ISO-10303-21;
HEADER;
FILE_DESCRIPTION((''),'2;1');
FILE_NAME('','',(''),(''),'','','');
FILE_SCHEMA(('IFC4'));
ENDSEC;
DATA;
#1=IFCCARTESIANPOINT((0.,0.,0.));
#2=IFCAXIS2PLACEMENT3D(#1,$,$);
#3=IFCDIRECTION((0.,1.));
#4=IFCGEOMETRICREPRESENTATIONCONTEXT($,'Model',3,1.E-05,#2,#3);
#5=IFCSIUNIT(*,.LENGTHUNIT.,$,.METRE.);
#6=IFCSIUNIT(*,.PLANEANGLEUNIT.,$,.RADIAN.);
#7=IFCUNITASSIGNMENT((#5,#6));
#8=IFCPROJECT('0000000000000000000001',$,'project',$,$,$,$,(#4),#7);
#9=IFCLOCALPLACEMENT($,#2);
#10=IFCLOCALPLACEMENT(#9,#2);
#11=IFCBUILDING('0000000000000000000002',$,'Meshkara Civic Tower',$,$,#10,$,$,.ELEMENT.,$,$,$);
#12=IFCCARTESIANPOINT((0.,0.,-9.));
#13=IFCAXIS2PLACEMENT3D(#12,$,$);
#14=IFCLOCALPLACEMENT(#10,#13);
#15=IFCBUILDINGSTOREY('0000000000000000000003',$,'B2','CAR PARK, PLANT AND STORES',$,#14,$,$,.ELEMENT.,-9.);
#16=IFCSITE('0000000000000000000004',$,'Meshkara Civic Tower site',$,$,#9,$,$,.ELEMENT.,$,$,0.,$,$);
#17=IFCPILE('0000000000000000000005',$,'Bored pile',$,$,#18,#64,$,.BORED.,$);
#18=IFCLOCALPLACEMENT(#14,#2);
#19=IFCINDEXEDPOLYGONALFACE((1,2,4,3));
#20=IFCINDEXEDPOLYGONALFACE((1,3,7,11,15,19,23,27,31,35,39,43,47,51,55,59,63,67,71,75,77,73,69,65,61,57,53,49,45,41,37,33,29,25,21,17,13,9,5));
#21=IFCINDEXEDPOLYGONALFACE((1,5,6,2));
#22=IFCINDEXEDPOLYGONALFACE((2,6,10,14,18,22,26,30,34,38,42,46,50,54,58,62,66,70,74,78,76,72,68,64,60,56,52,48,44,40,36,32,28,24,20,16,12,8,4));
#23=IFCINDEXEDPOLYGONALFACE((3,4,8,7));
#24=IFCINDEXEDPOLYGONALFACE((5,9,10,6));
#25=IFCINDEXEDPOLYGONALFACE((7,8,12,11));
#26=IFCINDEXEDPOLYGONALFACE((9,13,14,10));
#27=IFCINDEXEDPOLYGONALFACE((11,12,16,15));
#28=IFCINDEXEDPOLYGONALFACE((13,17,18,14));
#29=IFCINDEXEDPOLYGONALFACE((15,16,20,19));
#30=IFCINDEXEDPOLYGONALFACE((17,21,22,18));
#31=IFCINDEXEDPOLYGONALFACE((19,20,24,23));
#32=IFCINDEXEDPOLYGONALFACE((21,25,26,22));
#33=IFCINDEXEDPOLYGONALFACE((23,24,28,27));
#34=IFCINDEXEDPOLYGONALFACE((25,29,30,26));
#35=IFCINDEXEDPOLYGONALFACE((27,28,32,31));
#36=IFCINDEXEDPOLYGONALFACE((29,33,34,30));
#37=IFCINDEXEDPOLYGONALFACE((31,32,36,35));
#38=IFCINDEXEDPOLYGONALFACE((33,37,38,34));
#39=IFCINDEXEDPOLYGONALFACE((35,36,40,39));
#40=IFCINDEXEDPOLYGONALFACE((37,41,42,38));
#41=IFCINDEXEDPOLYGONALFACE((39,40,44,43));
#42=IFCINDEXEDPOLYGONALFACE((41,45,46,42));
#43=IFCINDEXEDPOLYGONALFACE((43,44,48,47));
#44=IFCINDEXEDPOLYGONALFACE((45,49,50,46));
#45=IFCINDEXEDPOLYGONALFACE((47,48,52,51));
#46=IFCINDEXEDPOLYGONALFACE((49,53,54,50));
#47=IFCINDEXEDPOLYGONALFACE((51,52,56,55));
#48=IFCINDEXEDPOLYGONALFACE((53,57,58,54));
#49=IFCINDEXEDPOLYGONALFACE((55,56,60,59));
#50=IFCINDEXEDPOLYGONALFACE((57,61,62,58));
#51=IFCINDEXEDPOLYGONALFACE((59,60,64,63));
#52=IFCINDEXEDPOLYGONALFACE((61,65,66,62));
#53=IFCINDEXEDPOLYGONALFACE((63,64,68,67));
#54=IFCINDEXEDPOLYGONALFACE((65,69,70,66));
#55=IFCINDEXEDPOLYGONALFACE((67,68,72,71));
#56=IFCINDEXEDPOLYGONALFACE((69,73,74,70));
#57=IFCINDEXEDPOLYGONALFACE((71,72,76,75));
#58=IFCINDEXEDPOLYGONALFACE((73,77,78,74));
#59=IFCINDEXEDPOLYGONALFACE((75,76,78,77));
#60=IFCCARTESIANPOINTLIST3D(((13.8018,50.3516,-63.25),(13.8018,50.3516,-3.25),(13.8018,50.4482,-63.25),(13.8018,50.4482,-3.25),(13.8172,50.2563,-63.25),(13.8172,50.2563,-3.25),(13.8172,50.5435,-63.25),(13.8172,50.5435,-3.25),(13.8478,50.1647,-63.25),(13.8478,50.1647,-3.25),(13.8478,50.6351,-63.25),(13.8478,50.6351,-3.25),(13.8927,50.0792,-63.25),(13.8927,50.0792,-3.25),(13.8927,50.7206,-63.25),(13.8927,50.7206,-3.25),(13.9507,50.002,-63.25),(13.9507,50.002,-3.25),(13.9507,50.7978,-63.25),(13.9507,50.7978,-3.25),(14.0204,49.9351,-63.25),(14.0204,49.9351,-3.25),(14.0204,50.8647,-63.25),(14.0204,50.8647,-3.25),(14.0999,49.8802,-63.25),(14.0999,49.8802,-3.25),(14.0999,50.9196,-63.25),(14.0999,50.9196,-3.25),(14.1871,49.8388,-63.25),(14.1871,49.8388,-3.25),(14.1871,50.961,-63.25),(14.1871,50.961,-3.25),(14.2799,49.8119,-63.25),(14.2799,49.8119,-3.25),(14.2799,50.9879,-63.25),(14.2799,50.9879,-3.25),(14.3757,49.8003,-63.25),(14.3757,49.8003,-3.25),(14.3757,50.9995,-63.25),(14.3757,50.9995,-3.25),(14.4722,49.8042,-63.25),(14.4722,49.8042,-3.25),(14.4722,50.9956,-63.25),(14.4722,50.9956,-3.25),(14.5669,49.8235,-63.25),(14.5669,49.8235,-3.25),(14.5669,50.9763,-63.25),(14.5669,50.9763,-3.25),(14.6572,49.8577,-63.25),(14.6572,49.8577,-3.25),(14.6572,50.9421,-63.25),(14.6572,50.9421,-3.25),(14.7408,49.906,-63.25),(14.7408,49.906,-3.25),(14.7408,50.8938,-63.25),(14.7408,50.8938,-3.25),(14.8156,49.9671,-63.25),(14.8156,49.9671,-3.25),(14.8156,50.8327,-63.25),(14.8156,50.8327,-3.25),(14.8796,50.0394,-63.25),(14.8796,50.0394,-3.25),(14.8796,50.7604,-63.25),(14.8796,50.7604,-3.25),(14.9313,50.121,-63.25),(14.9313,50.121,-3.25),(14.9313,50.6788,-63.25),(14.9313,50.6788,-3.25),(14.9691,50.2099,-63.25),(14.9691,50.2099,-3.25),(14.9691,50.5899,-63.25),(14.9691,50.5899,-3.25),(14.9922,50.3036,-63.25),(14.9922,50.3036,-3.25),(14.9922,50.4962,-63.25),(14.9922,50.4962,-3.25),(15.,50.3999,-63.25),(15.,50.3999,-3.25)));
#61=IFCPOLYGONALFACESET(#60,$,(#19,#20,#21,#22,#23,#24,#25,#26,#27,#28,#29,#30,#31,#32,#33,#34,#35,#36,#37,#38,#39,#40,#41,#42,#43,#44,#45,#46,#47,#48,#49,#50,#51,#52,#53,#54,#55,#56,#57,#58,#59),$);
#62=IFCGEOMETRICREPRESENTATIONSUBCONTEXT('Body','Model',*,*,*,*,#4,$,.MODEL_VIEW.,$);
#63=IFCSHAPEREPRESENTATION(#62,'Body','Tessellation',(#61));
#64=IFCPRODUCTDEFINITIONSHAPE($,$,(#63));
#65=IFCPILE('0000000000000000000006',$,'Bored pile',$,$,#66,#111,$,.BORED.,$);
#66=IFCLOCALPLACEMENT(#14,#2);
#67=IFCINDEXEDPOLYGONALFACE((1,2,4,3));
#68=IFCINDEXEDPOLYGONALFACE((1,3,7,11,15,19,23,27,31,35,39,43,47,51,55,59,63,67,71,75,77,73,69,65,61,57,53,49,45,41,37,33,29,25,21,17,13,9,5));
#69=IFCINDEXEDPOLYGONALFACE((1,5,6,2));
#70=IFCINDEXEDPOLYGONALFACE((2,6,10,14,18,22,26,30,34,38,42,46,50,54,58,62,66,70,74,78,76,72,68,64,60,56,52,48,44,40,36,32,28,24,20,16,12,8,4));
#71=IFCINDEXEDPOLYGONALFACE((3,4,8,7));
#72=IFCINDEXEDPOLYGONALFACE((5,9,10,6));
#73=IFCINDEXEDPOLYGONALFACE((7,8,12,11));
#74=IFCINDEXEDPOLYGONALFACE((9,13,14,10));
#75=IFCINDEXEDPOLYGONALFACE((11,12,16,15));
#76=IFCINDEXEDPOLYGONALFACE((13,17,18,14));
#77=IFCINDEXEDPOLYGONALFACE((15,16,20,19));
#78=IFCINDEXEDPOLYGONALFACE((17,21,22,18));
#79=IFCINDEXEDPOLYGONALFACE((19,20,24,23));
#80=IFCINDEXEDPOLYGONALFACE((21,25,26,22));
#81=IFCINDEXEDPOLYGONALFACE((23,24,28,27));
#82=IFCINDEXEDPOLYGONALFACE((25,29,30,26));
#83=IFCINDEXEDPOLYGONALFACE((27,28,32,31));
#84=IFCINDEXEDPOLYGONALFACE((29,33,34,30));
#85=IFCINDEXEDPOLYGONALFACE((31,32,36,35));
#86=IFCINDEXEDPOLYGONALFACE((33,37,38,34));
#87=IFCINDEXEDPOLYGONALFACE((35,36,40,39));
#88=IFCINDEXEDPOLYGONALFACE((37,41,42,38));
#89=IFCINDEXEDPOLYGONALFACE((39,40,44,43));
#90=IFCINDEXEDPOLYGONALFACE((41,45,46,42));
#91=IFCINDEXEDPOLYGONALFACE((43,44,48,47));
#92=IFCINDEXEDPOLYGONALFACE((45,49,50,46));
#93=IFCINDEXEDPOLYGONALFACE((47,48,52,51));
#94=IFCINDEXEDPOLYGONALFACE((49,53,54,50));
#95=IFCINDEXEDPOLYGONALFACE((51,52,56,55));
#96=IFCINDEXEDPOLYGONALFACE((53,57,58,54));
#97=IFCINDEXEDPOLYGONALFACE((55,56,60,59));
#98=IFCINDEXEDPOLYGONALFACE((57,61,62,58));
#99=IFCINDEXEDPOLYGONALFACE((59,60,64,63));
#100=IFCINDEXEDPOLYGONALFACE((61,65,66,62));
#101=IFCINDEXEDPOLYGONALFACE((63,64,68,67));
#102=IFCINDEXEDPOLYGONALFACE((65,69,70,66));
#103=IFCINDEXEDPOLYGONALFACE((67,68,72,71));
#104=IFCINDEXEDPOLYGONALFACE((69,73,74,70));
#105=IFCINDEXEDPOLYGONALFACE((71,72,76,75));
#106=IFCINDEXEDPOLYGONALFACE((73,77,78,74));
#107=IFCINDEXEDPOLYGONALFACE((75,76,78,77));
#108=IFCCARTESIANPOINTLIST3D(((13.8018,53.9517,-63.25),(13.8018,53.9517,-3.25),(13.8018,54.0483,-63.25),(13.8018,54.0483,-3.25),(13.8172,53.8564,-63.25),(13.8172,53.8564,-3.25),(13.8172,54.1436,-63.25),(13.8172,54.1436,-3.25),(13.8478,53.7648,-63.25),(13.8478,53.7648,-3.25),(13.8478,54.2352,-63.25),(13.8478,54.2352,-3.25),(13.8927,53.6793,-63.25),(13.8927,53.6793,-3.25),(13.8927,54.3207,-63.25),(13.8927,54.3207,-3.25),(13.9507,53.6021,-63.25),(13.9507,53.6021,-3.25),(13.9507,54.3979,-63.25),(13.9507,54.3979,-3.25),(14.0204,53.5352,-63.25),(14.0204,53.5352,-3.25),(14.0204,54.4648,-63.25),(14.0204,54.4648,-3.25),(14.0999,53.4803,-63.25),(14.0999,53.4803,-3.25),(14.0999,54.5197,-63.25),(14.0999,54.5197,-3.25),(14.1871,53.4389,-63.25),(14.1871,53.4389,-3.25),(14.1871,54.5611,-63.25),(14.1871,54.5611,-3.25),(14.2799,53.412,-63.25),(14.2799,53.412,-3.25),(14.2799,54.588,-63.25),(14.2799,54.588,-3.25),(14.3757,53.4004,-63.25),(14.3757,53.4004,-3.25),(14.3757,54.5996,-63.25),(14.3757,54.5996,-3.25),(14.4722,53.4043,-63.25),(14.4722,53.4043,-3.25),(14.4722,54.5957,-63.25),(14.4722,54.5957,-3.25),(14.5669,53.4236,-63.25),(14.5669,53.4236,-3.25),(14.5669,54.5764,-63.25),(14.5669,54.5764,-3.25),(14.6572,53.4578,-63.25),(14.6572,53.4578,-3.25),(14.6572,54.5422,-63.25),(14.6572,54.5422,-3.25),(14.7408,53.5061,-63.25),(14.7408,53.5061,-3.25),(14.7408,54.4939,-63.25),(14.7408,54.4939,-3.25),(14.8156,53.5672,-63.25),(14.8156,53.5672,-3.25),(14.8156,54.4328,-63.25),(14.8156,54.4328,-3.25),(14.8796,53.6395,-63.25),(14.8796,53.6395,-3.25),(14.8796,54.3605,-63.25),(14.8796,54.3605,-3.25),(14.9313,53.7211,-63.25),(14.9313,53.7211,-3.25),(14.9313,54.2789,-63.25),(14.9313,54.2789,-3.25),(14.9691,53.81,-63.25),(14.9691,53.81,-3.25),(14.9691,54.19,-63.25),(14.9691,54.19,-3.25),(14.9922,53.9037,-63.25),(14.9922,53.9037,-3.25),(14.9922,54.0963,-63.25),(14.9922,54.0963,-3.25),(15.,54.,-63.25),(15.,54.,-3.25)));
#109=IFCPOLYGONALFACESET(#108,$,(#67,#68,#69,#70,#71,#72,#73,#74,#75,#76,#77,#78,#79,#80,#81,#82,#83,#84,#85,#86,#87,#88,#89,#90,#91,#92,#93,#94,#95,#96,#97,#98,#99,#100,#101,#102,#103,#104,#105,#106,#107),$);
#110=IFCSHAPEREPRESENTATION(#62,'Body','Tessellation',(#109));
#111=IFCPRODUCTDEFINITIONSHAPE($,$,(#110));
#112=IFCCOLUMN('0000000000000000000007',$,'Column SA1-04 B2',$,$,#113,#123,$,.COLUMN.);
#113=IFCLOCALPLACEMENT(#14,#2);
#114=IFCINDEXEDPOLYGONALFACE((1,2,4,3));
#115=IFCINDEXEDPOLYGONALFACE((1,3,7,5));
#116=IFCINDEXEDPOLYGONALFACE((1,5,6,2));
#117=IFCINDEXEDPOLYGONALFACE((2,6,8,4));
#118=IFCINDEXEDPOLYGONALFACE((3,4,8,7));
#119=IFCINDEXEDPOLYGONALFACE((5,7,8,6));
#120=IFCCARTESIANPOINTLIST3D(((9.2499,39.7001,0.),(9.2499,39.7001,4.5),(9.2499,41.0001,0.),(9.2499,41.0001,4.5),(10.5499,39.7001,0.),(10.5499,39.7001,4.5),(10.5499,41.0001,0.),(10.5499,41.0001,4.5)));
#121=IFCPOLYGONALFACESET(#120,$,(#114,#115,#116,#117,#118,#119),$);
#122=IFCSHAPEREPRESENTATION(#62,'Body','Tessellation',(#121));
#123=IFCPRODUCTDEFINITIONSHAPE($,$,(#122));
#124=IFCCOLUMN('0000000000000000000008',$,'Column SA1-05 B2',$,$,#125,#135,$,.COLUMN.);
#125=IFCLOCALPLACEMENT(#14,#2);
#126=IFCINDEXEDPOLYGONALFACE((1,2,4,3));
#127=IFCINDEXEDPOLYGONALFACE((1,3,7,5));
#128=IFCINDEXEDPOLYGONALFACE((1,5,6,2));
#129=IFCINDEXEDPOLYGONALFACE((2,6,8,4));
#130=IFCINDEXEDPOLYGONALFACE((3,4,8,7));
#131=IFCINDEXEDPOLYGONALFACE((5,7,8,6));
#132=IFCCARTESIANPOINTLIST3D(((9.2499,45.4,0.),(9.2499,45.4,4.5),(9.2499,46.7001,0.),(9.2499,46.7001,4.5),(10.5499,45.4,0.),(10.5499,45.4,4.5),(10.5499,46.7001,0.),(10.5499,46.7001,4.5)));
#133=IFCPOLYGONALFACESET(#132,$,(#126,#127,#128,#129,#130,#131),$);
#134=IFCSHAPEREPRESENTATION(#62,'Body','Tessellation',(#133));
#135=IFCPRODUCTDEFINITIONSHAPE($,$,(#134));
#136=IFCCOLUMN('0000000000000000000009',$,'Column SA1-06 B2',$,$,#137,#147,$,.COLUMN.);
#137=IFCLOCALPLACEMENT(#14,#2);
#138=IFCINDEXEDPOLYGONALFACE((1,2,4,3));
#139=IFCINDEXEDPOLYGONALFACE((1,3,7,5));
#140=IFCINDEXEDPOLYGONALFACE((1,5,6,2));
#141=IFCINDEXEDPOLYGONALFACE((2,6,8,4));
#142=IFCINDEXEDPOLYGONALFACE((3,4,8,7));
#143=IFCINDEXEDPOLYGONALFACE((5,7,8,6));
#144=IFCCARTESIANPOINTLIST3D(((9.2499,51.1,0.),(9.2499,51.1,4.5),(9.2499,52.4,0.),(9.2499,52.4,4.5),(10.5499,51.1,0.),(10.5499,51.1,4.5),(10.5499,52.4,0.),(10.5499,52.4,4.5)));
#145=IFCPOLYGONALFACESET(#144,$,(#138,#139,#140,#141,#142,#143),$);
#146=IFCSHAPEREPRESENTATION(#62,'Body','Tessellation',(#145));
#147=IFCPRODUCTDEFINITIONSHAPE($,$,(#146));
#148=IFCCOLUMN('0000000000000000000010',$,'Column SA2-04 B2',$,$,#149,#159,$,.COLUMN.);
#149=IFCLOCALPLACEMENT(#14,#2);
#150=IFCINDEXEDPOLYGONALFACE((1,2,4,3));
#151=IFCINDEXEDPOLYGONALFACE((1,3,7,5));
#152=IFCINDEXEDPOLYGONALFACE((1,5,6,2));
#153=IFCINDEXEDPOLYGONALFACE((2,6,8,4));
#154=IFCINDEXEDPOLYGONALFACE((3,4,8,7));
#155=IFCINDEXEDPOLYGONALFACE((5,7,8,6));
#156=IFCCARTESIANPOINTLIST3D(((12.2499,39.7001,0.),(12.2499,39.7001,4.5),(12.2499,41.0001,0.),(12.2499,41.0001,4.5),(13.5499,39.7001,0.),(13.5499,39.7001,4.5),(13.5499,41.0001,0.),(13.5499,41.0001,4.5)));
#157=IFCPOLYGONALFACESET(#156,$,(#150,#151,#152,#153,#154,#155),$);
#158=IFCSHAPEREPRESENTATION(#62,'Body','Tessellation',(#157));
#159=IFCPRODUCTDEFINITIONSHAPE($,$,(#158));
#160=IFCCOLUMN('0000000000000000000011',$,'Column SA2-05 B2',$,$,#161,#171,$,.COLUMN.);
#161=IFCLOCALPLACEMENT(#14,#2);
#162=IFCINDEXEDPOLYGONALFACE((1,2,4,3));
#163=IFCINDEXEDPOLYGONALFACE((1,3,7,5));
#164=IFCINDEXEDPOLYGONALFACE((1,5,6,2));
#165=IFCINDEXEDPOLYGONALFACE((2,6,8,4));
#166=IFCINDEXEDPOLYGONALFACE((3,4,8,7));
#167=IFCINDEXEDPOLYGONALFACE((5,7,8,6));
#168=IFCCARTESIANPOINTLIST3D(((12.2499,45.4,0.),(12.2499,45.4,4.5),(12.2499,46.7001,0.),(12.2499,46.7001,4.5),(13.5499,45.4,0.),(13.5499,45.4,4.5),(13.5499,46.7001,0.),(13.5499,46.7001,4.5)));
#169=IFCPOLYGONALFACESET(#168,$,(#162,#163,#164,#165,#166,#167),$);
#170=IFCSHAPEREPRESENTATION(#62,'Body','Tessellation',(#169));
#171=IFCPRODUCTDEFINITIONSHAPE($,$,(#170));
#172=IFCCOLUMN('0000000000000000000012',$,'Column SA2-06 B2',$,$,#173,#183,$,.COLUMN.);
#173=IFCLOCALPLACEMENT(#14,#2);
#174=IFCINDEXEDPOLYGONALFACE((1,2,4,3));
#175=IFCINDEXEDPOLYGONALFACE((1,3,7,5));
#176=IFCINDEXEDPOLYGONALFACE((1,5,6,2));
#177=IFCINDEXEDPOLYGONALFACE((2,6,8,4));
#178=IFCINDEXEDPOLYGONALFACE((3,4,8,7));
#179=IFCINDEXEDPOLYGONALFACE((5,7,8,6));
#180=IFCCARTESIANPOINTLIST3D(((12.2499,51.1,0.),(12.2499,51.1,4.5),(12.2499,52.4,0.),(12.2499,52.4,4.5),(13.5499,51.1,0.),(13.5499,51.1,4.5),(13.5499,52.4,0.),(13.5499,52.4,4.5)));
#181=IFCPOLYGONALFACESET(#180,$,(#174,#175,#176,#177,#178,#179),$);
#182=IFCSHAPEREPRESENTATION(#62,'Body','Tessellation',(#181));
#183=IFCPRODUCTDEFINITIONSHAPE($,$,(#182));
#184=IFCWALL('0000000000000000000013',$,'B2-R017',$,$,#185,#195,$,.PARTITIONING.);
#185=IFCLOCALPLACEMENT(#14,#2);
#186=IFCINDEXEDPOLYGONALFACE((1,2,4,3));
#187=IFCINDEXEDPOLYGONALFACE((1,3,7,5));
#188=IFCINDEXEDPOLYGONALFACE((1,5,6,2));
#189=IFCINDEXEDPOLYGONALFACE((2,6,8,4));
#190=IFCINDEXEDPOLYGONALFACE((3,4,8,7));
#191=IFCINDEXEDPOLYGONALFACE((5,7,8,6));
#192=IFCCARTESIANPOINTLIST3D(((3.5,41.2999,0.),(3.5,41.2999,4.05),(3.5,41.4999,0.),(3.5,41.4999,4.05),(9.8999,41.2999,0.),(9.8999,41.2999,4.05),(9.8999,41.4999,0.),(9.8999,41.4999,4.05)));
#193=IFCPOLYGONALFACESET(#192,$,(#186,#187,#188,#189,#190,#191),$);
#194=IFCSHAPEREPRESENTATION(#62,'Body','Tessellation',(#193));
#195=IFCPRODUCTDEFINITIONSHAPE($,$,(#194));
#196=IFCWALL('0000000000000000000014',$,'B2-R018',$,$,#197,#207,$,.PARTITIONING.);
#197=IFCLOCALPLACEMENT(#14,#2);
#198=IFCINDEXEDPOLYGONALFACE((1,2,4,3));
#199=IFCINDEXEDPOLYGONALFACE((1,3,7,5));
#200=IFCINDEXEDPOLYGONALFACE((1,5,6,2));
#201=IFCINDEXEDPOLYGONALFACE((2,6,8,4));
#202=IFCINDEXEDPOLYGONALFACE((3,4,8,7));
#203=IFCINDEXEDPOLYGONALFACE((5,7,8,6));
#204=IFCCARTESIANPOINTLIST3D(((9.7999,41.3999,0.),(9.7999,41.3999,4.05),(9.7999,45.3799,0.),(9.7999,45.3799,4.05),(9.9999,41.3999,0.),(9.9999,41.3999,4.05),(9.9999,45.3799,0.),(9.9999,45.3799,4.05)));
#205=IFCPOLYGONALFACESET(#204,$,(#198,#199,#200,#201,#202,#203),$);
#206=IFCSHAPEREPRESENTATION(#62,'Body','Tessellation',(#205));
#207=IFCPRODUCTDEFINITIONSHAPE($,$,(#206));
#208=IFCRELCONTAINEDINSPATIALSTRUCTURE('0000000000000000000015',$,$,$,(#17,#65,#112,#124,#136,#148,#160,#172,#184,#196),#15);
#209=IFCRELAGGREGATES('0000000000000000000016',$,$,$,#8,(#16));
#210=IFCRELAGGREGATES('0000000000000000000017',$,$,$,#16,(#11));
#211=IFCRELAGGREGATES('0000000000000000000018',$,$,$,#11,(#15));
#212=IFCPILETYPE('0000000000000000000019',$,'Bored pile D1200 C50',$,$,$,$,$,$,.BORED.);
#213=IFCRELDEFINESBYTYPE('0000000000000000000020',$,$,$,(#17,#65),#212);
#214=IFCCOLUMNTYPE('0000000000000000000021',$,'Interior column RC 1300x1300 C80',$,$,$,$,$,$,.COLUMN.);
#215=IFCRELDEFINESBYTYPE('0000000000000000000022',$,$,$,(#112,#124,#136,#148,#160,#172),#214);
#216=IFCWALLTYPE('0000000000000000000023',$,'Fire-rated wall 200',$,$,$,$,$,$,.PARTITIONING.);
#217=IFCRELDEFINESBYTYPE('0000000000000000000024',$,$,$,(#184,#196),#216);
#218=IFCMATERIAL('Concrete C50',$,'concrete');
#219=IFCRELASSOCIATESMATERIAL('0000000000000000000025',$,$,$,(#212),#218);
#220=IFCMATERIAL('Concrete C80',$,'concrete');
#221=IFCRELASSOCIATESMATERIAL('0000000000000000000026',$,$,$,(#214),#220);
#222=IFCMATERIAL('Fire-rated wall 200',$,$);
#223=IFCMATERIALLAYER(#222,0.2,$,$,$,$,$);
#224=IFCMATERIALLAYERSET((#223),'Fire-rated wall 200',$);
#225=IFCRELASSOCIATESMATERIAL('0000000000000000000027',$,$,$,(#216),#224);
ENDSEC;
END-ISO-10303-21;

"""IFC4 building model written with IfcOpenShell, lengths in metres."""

from ifc_helpers import new_model, si_unit, direction, frame, frame_2d, origin, origin_2d, place, context, subcontext, project, spatial, rectangle, circle, extrude, material, layer, layer_set, material_profile, profile_set, type_object, element, save


model = new_model("IFC4")

# Units and contexts
model_context = context("Model", 3, precision=1e-05, world=origin(), true_north=direction((0.0, 1.0)))
body_context = subcontext(model_context, "Body", "Model", "MODEL_VIEW")
ifc_project = project(units=[si_unit("LENGTHUNIT", "METRE"), si_unit("PLANEANGLEUNIT", "RADIAN")], contexts=[model_context])

# Site, building, storey
site_placement = place(None, origin())
site = spatial("IfcSite", under=ifc_project, at=site_placement, Name="Meshkara Civic Tower site", CompositionType="ELEMENT", RefElevation=0.0)
building_placement = place(site_placement, origin())
building = spatial("IfcBuilding", under=site, at=building_placement, Name="Meshkara Civic Tower", CompositionType="ELEMENT")
storey_placement = place(building_placement, frame((0.0, 0.0, -9.0)))
storey = spatial("IfcBuildingStorey", under=building, at=storey_placement, Name="B2", Description="CAR PARK, PLANT AND STORES", CompositionType="ELEMENT", Elevation=-9.0)

# Piles
ifc_material_1 = material(Name="Concrete C50", Category="concrete")
ifc_material_profile_1 = material_profile(ifc_material_1, circle(Radius=0.6001, at=origin_2d()))
ifc_profile_set_1 = profile_set([ifc_material_profile_1], Name="Concrete C50")
pile_type = type_object("IfcPileType", Name="Bored pile D1200 C50", PredefinedType="BORED", material=ifc_profile_set_1)
for number, where, z_axis, x_axis, name in (
    (1, (14.3999, 50.3999, -3.25), (0.0, 0.0, -1.0), (1.0, 0.0, 0.0), "Bored pile"),
    (2, (14.3999, 54.0, -3.25), (0.0, 0.0, -1.0), (1.0, 0.0, 0.0), "Bored pile"),
):
    element("IfcPile", number, at=place(storey_placement, frame(where, z_axis=z_axis, x_axis=x_axis)), inside=storey, type_object=pile_type, Name=name, PredefinedType="BORED", context=body_context, shape_type="SweptSolid", body=[
        extrude(circle(Radius=0.6001, at=origin_2d()), origin(), (0.0, 0.0, 1.0), 60.0),
    ])

# Columns
ifc_material_2 = material(Name="Concrete C80", Category="concrete")
ifc_material_profile_2 = material_profile(ifc_material_2, rectangle(XDim=1.3, YDim=1.3, at=origin_2d()))
ifc_profile_set_2 = profile_set([ifc_material_profile_2], Name="Concrete C80")
column_type = type_object("IfcColumnType", Name="Interior column RC 1300x1300 C80", PredefinedType="COLUMN", material=ifc_profile_set_2)
for number, where, z_axis, x_axis, name in (
    (3, (9.8999, 40.3501, 0.0), (0.0, 0.0, 1.0), (1.0, 0.0, 0.0), "Column SA1-04 B2"),
    (4, (9.8999, 46.05, 0.0), (0.0, 0.0, 1.0), (1.0, 0.0, 0.0), "Column SA1-05 B2"),
    (5, (9.8999, 51.75, 0.0), (0.0, 0.0, 1.0), (1.0, 0.0, 0.0), "Column SA1-06 B2"),
    (6, (12.8999, 40.3501, 0.0), (0.0, 0.0, 1.0), (1.0, 0.0, 0.0), "Column SA2-04 B2"),
    (7, (12.8999, 46.05, 0.0), (0.0, 0.0, 1.0), (1.0, 0.0, 0.0), "Column SA2-05 B2"),
    (8, (12.8999, 51.75, 0.0), (0.0, 0.0, 1.0), (1.0, 0.0, 0.0), "Column SA2-06 B2"),
):
    element("IfcColumn", number, at=place(storey_placement, frame(where, z_axis=z_axis, x_axis=x_axis)), inside=storey, type_object=column_type, Name=name, PredefinedType="COLUMN", context=body_context, shape_type="SweptSolid", body=[
        extrude(rectangle(XDim=1.3, YDim=1.3, at=origin_2d()), origin(), (0.0, 0.0, 1.0), 4.5),
    ])

# Walls
ifc_material_3 = material(Name="Fire-rated wall 200")
ifc_layer = layer(ifc_material_3, 0.2)
ifc_layer_set = layer_set([ifc_layer], Name="Fire-rated wall 200")
wall_type = type_object("IfcWallType", Name="Fire-rated wall 200", PredefinedType="PARTITIONING", material=ifc_layer_set)
wall_1_placement = place(storey_placement, frame((9.8999, 41.3999, 0.0), z_axis=(0.0, 0.0, 1.0), x_axis=(-1.0, 0.0, 0.0)))
element("IfcWall", 9, at=wall_1_placement, inside=storey, type_object=wall_type, Name="B2-R017", PredefinedType="PARTITIONING", context=body_context, shape_type="SweptSolid", body=[
    extrude(rectangle(XDim=6.3999, YDim=0.2, at=frame_2d((3.2, 0.0))), origin(), (0.0, 0.0, 1.0), 4.05),
])
wall_2_placement = place(storey_placement, frame((9.8999, 45.3799, 0.0), z_axis=(0.0, 0.0, 1.0), x_axis=(0.0, -1.0, 0.0)))
element("IfcWall", 10, at=wall_2_placement, inside=storey, type_object=wall_type, Name="B2-R018", PredefinedType="PARTITIONING", context=body_context, shape_type="SweptSolid", body=[
    extrude(rectangle(XDim=3.98, YDim=0.2, at=frame_2d((1.99, 0.0))), origin(), (0.0, 0.0, 1.0), 4.05),
])

save(model, "model.ifc")
